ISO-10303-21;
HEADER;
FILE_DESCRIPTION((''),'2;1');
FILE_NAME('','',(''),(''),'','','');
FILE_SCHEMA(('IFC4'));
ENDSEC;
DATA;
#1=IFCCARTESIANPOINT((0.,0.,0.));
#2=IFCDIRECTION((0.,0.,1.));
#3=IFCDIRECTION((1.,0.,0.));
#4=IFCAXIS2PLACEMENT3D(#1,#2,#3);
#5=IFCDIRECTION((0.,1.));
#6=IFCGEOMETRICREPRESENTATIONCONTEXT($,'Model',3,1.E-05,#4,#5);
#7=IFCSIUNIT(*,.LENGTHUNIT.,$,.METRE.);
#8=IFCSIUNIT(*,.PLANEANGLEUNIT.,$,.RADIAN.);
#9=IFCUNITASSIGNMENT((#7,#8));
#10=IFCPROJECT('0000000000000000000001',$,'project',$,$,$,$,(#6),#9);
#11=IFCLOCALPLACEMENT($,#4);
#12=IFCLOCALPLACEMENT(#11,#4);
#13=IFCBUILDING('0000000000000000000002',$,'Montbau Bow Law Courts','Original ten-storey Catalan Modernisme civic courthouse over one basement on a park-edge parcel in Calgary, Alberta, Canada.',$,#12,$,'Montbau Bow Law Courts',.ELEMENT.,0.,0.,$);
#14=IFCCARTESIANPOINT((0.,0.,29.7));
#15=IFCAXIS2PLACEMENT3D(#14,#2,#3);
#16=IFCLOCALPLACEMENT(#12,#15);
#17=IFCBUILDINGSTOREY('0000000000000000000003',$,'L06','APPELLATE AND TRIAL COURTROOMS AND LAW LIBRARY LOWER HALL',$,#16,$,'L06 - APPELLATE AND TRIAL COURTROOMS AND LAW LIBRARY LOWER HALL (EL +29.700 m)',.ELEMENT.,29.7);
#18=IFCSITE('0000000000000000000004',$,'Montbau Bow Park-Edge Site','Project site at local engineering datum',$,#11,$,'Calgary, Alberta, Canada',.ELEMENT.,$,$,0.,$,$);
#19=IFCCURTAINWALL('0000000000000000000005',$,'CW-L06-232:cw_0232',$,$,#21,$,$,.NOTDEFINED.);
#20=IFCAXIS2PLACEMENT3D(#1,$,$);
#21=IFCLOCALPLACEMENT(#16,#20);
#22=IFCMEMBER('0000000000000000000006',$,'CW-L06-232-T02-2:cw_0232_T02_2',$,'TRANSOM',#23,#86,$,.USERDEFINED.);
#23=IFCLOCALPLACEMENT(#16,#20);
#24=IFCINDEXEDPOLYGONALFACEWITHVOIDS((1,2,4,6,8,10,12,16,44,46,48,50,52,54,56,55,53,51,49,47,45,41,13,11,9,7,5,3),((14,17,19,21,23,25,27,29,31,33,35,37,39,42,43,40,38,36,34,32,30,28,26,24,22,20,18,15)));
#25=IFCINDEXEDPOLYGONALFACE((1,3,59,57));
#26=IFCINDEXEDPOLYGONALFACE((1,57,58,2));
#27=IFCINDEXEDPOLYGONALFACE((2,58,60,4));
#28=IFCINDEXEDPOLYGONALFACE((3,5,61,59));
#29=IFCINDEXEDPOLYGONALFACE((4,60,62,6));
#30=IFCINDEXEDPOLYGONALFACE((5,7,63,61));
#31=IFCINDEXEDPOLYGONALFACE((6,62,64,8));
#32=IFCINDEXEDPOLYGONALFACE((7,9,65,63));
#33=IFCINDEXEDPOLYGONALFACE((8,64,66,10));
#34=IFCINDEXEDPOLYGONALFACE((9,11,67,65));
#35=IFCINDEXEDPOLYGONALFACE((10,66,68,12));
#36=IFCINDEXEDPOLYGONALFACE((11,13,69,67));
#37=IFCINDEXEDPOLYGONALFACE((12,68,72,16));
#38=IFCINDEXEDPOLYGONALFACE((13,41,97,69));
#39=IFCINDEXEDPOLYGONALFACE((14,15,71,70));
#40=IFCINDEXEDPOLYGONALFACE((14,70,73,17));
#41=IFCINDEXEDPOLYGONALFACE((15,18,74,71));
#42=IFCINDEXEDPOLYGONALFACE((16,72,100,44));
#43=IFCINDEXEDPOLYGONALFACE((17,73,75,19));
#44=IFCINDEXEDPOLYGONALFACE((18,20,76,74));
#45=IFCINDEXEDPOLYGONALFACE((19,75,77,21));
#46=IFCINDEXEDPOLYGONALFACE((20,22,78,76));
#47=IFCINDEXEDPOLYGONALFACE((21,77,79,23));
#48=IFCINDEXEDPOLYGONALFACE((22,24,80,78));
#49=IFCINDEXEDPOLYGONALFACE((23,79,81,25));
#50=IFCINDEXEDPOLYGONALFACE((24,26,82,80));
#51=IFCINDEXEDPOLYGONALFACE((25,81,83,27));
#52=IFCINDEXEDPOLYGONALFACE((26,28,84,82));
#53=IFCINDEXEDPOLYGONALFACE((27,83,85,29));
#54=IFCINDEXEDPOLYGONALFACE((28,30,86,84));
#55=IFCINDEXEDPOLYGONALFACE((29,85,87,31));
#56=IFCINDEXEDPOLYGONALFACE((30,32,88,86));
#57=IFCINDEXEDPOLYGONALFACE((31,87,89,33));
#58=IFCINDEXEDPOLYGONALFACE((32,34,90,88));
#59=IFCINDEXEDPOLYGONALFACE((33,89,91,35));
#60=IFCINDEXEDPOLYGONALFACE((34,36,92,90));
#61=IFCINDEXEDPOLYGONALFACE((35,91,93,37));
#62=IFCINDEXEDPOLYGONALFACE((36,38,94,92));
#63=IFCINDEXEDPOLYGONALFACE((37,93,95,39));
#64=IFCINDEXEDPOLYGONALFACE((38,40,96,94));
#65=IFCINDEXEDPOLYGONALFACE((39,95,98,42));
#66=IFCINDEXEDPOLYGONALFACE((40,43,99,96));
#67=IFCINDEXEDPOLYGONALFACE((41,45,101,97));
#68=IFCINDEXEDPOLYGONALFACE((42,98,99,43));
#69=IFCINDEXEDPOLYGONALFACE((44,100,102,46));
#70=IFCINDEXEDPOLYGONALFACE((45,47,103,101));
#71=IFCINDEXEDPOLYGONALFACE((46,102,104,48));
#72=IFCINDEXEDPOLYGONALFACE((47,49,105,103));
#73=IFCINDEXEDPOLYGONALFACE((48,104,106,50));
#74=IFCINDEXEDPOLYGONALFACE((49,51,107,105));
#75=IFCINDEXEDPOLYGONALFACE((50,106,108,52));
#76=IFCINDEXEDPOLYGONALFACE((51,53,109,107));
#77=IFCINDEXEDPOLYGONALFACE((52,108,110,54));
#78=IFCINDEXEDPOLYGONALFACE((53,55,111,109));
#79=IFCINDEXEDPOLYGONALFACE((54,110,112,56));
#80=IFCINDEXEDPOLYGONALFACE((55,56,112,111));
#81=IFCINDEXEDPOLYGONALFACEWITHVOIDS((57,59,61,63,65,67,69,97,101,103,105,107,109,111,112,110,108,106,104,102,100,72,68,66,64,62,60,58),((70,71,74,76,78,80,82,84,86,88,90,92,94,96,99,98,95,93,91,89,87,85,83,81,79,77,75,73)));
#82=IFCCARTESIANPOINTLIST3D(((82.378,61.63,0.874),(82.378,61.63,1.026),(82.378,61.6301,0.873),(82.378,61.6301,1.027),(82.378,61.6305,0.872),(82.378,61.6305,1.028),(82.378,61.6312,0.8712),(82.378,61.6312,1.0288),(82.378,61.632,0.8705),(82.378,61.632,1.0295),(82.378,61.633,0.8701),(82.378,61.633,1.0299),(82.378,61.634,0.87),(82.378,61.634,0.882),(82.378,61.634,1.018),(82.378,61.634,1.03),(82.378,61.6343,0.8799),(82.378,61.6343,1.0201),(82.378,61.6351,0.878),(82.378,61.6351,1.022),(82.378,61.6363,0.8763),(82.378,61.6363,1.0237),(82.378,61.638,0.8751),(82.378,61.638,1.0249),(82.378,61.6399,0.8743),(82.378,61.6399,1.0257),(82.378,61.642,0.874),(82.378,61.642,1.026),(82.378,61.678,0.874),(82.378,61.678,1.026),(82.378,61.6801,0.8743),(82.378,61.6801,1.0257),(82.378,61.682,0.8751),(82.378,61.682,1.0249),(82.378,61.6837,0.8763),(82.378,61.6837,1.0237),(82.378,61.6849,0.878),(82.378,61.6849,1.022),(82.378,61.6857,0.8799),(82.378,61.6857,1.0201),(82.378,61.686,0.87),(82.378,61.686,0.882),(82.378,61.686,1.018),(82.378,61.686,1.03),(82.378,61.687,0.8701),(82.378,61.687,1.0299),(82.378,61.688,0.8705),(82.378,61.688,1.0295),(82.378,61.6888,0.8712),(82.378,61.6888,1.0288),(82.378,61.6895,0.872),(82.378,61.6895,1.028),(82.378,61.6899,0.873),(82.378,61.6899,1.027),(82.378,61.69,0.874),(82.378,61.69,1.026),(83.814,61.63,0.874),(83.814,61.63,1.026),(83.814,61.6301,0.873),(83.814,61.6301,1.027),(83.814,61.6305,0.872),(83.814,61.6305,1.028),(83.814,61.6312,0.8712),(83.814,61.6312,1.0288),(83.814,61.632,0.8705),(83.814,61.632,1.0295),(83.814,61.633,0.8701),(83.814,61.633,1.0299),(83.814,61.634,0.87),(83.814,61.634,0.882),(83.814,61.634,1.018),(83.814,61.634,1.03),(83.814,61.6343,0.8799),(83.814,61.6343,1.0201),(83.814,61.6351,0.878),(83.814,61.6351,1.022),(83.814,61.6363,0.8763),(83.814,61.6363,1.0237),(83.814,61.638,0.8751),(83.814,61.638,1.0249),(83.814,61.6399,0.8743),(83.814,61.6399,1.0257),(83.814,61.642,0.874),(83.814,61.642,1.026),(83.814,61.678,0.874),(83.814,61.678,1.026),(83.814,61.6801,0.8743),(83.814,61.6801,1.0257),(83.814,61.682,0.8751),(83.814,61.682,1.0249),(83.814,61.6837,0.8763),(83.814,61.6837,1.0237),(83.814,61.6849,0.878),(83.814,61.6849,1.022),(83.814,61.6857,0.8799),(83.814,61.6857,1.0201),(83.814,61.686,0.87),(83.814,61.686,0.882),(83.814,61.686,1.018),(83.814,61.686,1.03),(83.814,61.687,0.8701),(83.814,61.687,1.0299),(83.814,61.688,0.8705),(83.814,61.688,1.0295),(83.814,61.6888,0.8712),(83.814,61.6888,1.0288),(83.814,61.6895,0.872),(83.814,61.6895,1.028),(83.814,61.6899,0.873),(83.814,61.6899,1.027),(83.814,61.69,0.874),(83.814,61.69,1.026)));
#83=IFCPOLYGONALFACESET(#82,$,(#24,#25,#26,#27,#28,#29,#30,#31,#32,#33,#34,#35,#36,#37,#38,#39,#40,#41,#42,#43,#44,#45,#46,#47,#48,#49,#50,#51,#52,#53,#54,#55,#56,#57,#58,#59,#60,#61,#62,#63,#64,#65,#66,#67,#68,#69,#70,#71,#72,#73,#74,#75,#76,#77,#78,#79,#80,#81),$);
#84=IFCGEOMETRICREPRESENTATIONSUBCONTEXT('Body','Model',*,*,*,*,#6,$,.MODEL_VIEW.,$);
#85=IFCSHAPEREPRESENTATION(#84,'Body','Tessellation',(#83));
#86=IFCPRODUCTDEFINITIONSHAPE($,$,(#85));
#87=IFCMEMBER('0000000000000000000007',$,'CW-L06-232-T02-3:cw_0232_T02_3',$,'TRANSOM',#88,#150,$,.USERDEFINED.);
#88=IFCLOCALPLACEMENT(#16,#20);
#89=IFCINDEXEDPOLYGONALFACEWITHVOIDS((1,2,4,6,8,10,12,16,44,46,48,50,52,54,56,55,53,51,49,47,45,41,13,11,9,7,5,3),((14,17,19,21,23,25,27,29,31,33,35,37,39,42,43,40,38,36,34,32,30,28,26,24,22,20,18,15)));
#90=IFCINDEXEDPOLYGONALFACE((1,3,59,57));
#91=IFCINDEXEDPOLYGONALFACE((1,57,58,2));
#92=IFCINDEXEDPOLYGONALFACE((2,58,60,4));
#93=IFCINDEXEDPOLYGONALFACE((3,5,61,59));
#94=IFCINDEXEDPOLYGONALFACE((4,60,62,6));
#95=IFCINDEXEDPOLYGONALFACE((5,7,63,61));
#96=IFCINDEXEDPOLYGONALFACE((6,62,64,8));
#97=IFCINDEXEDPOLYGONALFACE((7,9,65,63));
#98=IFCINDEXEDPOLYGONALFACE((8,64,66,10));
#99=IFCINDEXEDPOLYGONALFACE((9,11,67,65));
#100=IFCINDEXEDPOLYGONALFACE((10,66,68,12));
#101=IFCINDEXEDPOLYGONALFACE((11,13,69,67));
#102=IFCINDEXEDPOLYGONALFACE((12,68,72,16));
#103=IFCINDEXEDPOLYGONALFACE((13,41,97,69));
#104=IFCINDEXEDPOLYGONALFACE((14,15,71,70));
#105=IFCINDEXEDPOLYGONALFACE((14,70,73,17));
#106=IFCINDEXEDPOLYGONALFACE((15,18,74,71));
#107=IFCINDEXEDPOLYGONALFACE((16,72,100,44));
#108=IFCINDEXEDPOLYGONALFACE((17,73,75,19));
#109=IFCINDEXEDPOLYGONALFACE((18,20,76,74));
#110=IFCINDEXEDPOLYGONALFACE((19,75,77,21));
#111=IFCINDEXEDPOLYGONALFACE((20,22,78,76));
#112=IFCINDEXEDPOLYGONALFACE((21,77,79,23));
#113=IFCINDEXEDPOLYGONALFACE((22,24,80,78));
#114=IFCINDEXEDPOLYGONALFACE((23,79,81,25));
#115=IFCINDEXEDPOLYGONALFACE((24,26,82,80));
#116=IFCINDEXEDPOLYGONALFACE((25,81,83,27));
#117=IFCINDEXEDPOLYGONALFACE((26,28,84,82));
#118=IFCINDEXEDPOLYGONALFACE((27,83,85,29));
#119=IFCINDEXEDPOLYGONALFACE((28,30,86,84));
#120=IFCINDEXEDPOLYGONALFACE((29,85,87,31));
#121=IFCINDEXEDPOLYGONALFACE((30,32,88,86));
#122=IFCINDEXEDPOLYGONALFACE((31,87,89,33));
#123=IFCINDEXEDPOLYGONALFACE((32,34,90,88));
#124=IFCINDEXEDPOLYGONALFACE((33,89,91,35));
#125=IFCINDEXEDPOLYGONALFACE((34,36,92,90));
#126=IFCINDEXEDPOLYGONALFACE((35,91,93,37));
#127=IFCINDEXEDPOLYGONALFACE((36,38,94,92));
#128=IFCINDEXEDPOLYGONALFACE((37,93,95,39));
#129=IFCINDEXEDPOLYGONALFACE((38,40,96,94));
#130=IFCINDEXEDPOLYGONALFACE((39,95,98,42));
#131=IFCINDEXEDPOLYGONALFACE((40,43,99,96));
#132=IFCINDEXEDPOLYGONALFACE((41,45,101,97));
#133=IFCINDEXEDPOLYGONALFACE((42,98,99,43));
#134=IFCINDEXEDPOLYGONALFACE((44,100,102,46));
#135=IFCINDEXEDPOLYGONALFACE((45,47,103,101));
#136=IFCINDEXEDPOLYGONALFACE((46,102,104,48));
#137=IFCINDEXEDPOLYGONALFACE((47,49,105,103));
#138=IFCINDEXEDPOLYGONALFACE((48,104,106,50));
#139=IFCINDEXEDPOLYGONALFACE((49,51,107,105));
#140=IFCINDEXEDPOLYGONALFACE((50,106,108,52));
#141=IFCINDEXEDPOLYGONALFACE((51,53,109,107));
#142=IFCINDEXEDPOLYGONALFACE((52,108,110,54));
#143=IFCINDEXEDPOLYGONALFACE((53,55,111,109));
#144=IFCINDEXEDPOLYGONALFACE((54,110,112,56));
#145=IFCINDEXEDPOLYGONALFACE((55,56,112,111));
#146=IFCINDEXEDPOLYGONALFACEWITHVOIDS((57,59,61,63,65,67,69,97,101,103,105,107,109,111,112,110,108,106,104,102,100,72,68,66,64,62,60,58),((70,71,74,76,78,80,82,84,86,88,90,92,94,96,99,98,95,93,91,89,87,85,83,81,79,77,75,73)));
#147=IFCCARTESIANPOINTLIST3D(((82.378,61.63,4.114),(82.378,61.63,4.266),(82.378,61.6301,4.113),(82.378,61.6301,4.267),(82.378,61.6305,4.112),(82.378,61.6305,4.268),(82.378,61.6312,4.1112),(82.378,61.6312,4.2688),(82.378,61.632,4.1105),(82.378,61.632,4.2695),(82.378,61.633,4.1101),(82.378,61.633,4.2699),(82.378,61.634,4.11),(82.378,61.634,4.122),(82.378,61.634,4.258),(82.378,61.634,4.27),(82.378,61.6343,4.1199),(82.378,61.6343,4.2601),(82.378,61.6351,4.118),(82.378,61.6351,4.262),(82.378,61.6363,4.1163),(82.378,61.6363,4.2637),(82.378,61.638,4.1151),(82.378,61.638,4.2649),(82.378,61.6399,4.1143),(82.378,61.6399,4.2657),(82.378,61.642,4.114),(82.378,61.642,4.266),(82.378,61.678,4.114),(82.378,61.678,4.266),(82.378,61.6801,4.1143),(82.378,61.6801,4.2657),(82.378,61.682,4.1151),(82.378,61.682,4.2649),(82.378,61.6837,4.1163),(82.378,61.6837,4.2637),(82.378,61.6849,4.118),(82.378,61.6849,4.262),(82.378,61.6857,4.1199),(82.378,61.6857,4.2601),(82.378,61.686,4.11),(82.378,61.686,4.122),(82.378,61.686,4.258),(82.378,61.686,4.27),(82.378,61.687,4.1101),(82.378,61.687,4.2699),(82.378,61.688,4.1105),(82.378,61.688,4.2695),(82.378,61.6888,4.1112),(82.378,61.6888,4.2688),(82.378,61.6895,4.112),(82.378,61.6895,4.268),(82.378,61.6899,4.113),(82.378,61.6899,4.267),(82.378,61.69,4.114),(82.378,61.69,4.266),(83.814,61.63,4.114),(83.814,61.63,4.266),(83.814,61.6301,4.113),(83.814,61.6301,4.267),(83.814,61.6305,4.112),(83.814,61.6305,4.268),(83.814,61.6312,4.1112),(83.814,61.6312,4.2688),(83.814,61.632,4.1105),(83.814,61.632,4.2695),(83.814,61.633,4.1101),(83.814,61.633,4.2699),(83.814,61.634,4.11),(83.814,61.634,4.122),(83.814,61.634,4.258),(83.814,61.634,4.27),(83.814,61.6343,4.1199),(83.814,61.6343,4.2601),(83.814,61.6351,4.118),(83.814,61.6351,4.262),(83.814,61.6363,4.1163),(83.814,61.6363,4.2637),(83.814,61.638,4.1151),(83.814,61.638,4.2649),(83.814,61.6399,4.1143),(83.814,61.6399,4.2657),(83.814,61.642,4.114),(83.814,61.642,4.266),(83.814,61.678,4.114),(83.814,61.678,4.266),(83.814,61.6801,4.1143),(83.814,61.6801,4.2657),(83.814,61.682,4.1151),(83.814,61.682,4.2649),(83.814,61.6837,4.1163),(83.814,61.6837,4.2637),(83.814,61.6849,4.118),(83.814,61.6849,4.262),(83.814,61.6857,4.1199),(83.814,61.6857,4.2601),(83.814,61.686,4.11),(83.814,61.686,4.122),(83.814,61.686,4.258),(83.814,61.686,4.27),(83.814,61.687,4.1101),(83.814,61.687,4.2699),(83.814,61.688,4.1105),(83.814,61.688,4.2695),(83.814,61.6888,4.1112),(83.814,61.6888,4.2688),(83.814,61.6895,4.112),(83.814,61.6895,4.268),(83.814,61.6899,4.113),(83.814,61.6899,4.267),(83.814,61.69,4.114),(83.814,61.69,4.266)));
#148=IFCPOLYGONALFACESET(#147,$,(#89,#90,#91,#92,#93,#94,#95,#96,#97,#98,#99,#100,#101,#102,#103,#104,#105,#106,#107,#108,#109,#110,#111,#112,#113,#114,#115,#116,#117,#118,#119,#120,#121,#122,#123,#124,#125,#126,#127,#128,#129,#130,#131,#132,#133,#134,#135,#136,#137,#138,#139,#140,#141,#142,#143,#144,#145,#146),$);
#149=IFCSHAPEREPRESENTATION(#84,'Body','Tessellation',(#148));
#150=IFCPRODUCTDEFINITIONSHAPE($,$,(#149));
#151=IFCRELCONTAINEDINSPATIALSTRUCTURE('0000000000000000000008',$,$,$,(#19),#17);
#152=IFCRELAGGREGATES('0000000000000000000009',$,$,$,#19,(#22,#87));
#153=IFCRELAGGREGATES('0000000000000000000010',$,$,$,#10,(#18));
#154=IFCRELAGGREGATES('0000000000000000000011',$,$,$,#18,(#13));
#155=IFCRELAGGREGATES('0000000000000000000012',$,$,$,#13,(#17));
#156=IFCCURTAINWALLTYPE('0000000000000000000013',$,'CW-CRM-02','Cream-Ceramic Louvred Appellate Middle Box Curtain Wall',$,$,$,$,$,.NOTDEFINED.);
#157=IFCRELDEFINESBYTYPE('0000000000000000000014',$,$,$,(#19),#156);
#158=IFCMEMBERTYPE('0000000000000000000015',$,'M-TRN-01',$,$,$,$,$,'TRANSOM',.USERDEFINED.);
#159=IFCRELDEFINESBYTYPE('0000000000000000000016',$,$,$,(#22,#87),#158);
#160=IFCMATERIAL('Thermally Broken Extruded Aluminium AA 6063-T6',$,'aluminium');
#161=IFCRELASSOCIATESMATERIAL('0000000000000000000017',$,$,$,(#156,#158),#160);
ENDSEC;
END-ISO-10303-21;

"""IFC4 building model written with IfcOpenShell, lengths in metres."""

from ifc_helpers import new_model, si_unit, direction, frame, origin_with_axes, origin_2d_with_axis, place, context, subcontext, project, spatial, hollow_rectangle, extrude, material, material_profile, profile_set, type_object, element, aggregate, save


model = new_model("IFC4")

# Units and contexts
model_context = context("Model", 3, precision=1e-05, world=origin_with_axes(), true_north=direction((0.0, 1.0)))
body_context = subcontext(model_context, "Body", "Model", "MODEL_VIEW")
ifc_project = project(units=[si_unit("LENGTHUNIT", "METRE"), si_unit("PLANEANGLEUNIT", "RADIAN")], contexts=[model_context])

# Site, building, storey
site_placement = place(None, origin_with_axes())
site = spatial("IfcSite", under=ifc_project, at=site_placement, Name="Montbau Bow Park-Edge Site", Description="Project site at local engineering datum", LongName="Calgary, Alberta, Canada", CompositionType="ELEMENT", RefElevation=0.0)
building_placement = place(site_placement, origin_with_axes())
building = spatial("IfcBuilding", under=site, at=building_placement, Name="Montbau Bow Law Courts", Description="Original ten-storey Catalan Modernisme civic courthouse over one basement on a park-edge parcel in Calgary, Alberta, Canada.", LongName="Montbau Bow Law Courts", CompositionType="ELEMENT", ElevationOfRefHeight=0.0, ElevationOfTerrain=0.0)
storey_placement = place(building_placement, frame((0.0, 0.0, 29.7), z_axis=(0.0, 0.0, 1.0), x_axis=(1.0, 0.0, 0.0)))
storey = spatial("IfcBuildingStorey", under=building, at=storey_placement, Name="L06", Description="APPELLATE AND TRIAL COURTROOMS AND LAW LIBRARY LOWER HALL", LongName="L06 - APPELLATE AND TRIAL COURTROOMS AND LAW LIBRARY LOWER HALL (EL +29.700 m)", CompositionType="ELEMENT", Elevation=29.7)

# Curtain wall, members
ifc_material_1 = material(Name="Thermally Broken Extruded Aluminium AA 6063-T6", Category="aluminium")
curtain_wall_type = type_object("IfcCurtainWallType", Name="CW-CRM-02", Description="Cream-Ceramic Louvred Appellate Middle Box Curtain Wall", PredefinedType="NOTDEFINED", material=ifc_material_1)
curtain_wall_placement = place(None, frame((80.84, 61.66, 29.7), z_axis=(0.0, 0.0, 1.0), x_axis=(1.0, 0.0, 0.0)))
curtain_wall = element("IfcCurtainWall", 1, at=curtain_wall_placement, inside=storey, type_object=curtain_wall_type, Name="CW-L06-232:cw_0232", PredefinedType="NOTDEFINED")
ifc_material_profile_1 = material_profile(ifc_material_1, hollow_rectangle(XDim=0.06, YDim=0.16, WallThickness=0.004, InnerFilletRadius=0.008, OuterFilletRadius=0.004, at=origin_2d_with_axis()), Name="CWT-160X60", Category="Main", Priority=0)
ifc_profile_set_1 = profile_set([ifc_material_profile_1], Name="Thermally Broken Extruded Aluminium AA 6063-T6")
member_type_1 = type_object("IfcMemberType", Name="M-TRN-01", ElementType="TRANSOM", PredefinedType="USERDEFINED", material=ifc_profile_set_1)
member_1_placement = place(None, frame((82.378, 61.66, 30.65), z_axis=(1.0, 0.0, 0.0), x_axis=(0.0, 1.0, 0.0)))
member_1 = element("IfcMember", 2, at=member_1_placement, type_object=member_type_1, Name="CW-L06-232-T02-2:cw_0232_T02_2", ObjectType="TRANSOM", PredefinedType="USERDEFINED", context=body_context, shape_type="SweptSolid", body=[
    extrude(hollow_rectangle(XDim=0.06, YDim=0.16, WallThickness=0.004, InnerFilletRadius=0.008, OuterFilletRadius=0.004, at=origin_2d_with_axis()), origin_with_axes(), (0.0, 0.0, 1.0), 1.436),
])
member_2_placement = place(None, frame((82.378, 61.66, 33.89), z_axis=(1.0, 0.0, 0.0), x_axis=(0.0, 1.0, 0.0)))
member_2 = element("IfcMember", 3, at=member_2_placement, type_object=member_type_1, Name="CW-L06-232-T02-3:cw_0232_T02_3", ObjectType="TRANSOM", PredefinedType="USERDEFINED", context=body_context, shape_type="SweptSolid", body=[
    extrude(hollow_rectangle(XDim=0.06, YDim=0.16, WallThickness=0.004, InnerFilletRadius=0.008, OuterFilletRadius=0.004, at=origin_2d_with_axis()), origin_with_axes(), (0.0, 0.0, 1.0), 1.436),
])
aggregate(curtain_wall, [member_1, member_2])

save(model, "model.ifc")
